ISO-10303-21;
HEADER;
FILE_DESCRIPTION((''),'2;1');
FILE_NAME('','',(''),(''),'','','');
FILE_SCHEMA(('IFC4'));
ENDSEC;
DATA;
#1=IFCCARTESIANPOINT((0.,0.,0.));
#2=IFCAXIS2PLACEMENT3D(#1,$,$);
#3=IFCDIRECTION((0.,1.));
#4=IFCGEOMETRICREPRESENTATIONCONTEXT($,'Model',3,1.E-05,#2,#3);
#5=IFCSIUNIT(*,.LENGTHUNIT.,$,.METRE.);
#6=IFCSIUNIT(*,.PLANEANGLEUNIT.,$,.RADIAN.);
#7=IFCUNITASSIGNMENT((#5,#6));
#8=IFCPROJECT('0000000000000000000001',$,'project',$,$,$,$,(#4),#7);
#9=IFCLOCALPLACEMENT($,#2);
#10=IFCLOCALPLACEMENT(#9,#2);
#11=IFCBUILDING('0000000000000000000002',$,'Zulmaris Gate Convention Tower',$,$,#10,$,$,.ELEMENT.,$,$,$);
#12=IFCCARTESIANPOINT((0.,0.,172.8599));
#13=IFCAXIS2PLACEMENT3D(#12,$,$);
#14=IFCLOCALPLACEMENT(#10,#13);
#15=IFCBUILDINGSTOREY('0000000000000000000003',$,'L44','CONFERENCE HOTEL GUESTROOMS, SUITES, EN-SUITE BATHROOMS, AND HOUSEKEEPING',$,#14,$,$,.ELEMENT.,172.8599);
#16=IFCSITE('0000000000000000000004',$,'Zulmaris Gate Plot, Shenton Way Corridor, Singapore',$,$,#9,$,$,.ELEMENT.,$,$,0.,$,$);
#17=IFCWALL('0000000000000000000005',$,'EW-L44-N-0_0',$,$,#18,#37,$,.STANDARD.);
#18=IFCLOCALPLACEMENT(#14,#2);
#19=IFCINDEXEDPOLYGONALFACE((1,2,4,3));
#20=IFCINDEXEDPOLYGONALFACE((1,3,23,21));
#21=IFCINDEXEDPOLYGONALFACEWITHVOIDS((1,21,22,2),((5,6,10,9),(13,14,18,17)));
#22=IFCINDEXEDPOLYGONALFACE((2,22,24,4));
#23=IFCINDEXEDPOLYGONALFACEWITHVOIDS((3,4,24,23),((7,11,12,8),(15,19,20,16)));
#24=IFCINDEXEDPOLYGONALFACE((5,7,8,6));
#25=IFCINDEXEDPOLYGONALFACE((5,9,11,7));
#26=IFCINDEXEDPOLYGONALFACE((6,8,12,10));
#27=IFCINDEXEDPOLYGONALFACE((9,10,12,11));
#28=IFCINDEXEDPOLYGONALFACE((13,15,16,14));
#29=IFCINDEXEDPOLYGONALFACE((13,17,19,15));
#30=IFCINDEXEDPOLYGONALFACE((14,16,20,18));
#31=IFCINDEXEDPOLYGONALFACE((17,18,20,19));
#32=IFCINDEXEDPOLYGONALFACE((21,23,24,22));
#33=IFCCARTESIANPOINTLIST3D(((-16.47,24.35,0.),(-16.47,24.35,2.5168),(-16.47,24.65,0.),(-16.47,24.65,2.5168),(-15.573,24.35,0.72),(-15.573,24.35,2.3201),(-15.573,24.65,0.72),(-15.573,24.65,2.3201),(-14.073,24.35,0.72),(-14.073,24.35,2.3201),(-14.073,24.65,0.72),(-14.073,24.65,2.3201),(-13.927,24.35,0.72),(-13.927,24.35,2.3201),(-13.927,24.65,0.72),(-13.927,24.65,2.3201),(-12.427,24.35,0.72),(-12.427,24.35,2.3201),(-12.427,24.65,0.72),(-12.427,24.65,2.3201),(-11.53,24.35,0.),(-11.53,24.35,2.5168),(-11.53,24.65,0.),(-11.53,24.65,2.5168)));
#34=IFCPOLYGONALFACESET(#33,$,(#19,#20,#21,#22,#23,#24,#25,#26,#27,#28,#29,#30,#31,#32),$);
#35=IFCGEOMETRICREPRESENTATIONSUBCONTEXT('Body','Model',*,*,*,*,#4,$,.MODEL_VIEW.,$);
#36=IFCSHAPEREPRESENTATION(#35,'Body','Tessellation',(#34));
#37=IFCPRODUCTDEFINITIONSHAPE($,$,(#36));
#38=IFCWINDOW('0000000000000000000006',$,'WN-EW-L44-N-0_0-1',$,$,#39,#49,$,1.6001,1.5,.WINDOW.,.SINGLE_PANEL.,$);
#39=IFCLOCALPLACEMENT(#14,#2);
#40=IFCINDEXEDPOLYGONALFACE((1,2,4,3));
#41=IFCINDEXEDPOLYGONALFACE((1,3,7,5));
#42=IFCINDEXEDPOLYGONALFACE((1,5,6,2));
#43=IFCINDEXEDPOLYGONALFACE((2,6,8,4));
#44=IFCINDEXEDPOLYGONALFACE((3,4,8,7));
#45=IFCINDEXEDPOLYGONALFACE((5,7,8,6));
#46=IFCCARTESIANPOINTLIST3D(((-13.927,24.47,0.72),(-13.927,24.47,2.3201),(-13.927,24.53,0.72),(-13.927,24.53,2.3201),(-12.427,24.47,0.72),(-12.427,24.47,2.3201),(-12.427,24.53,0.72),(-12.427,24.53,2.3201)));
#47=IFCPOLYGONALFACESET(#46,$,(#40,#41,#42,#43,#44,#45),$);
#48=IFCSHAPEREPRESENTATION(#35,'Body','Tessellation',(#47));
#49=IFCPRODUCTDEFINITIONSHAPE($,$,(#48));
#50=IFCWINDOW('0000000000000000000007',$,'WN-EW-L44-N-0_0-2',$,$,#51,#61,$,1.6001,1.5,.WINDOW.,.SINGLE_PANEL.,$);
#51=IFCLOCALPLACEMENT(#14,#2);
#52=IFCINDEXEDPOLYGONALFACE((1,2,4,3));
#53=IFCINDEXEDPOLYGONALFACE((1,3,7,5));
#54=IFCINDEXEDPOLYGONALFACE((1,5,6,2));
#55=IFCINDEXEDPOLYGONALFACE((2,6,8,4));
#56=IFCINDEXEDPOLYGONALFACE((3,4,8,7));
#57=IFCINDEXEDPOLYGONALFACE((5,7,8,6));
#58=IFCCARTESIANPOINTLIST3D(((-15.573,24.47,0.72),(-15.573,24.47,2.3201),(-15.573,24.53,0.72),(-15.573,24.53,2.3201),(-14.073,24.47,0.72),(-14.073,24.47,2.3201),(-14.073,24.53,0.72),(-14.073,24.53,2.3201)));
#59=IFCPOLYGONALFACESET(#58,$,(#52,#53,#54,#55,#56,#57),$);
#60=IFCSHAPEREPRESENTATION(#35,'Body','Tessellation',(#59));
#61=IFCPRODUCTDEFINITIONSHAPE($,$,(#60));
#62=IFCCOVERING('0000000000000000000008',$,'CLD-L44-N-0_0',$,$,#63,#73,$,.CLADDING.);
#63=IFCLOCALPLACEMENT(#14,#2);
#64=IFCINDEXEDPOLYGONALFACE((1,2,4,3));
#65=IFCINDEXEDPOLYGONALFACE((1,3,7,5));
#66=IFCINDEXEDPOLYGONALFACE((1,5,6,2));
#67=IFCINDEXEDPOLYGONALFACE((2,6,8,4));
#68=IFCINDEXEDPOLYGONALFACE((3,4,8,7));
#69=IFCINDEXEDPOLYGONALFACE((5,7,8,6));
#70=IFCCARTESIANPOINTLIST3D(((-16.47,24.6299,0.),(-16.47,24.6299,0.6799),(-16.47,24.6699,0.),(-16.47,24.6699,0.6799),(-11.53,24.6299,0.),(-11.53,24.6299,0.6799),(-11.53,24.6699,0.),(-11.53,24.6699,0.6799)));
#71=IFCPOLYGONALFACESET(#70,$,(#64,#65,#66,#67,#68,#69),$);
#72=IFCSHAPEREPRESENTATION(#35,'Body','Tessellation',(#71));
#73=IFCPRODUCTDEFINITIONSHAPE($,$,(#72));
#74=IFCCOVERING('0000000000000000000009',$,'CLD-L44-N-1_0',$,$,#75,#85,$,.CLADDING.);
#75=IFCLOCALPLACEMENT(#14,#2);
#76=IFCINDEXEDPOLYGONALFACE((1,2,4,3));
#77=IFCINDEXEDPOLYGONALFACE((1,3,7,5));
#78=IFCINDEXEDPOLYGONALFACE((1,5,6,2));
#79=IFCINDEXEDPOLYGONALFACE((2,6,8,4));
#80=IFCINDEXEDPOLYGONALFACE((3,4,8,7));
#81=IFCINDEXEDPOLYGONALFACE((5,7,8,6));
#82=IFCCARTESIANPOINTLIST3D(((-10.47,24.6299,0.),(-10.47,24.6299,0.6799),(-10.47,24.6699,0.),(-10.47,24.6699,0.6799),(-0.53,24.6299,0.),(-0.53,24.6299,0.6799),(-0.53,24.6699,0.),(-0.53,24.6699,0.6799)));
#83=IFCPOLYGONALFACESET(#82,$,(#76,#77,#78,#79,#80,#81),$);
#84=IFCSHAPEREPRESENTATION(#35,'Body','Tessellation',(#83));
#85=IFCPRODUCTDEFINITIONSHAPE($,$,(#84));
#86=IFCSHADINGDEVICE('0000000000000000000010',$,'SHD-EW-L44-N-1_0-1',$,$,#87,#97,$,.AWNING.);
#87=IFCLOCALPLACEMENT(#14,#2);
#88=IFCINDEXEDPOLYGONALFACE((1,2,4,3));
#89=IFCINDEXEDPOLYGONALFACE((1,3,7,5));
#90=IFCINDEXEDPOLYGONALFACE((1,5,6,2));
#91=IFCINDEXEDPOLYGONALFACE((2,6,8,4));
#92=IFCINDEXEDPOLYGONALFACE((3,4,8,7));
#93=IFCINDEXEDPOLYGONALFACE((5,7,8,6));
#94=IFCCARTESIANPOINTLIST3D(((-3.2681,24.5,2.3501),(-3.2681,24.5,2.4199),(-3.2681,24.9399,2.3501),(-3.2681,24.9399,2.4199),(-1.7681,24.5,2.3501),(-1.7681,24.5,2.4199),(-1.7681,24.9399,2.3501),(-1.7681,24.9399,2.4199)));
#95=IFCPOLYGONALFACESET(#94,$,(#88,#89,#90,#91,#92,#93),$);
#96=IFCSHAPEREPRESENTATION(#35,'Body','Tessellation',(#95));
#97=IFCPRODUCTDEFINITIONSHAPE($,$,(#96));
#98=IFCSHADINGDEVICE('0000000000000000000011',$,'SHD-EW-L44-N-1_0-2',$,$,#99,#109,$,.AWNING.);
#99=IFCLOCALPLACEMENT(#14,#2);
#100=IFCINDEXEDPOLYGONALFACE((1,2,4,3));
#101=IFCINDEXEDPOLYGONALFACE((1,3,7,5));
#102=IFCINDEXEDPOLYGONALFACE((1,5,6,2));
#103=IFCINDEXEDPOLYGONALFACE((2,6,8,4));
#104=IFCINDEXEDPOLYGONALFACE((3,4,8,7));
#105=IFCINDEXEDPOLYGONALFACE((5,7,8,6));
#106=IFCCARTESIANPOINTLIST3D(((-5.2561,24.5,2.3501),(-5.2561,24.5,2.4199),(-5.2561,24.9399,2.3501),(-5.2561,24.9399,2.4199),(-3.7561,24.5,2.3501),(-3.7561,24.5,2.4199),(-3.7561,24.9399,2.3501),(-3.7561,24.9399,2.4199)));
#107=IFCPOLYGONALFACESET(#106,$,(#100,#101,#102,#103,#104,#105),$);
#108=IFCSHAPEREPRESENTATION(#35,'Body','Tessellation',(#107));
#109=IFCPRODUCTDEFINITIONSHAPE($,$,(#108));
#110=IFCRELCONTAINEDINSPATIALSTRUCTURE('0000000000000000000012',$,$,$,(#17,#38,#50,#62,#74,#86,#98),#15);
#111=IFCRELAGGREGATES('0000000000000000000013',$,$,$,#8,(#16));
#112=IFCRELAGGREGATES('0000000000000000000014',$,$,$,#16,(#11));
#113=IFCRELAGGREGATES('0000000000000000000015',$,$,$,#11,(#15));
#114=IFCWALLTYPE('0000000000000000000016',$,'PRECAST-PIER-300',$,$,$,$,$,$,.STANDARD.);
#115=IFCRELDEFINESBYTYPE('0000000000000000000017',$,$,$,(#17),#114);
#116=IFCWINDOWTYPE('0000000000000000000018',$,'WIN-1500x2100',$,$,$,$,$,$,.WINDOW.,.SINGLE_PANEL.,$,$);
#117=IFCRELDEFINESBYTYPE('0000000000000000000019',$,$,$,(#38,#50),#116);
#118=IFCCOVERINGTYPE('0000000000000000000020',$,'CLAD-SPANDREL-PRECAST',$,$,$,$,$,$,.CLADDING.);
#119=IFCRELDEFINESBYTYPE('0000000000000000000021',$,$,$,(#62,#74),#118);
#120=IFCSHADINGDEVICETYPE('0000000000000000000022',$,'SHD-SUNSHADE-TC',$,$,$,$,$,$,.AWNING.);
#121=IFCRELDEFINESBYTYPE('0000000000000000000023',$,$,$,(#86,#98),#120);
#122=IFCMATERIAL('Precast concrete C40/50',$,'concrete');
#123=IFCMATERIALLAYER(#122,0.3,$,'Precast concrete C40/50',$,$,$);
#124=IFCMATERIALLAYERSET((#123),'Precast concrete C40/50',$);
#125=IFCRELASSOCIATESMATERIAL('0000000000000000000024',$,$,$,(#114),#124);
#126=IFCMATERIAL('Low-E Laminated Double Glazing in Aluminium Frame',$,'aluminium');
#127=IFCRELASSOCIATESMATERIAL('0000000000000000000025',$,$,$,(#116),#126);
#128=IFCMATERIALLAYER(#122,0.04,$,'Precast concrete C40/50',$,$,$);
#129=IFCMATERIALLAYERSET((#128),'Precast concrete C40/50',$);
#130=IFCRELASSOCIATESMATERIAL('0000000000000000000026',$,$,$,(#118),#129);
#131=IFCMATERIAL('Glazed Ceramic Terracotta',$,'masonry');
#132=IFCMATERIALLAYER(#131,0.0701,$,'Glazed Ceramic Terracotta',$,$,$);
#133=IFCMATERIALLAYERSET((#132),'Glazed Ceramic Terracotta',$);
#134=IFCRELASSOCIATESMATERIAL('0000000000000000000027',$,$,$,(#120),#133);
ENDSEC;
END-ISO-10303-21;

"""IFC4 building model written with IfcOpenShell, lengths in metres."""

from ifc_helpers import new_model, si_unit, direction, frame, frame_2d, origin, place, context, subcontext, project, spatial, rectangle, extrude, material, layer, layer_set, type_object, element, fill, save


model = new_model("IFC4")

# Units and contexts
model_context = context("Model", 3, precision=1e-05, world=origin(), true_north=direction((0.0, 1.0)))
body_context = subcontext(model_context, "Body", "Model", "MODEL_VIEW")
ifc_project = project(units=[si_unit("LENGTHUNIT", "METRE"), si_unit("PLANEANGLEUNIT", "RADIAN")], contexts=[model_context])

# Site, building, storey
site_placement = place(None, origin())
site = spatial("IfcSite", under=ifc_project, at=site_placement, Name="Zulmaris Gate Plot, Shenton Way Corridor, Singapore", CompositionType="ELEMENT", RefElevation=0.0)
building_placement = place(site_placement, origin())
building = spatial("IfcBuilding", under=site, at=building_placement, Name="Zulmaris Gate Convention Tower", CompositionType="ELEMENT")
storey_placement = place(building_placement, frame((0.0, 0.0, 172.8599)))
storey = spatial("IfcBuildingStorey", under=building, at=storey_placement, Name="L44", Description="CONFERENCE HOTEL GUESTROOMS, SUITES, EN-SUITE BATHROOMS, AND HOUSEKEEPING", CompositionType="ELEMENT", Elevation=172.8599)

# Wall, openings, windows
ifc_material_1 = material(Name="Precast concrete C40/50", Category="concrete")
ifc_layer_1 = layer(ifc_material_1, 0.3, Name="Precast concrete C40/50")
ifc_layer_set_1 = layer_set([ifc_layer_1], Name="Precast concrete C40/50")
wall_type_1 = type_object("IfcWallType", Name="PRECAST-PIER-300", PredefinedType="STANDARD", material=ifc_layer_set_1)
wall_1_placement = place(storey_placement, frame((-11.53, 24.5, 0.0), z_axis=(0.0, 0.0, 1.0), x_axis=(-1.0, 0.0, 0.0)))
wall_1 = element("IfcWall", 1, at=wall_1_placement, inside=storey, type_object=wall_type_1, Name="EW-L44-N-0_0", PredefinedType="STANDARD", context=body_context, shape_type="SweptSolid", body=[
    extrude(rectangle(XDim=4.9399, YDim=0.3, at=frame_2d((2.47, 0.0))), origin(), (0.0, 0.0, 1.0), 2.5168),
])
opening_1_placement = place(wall_1_placement, frame((0.897, 0.0, 0.72)))
opening_1 = element("IfcOpeningElement", 2, at=opening_1_placement, cuts=wall_1, PredefinedType="OPENING", context=body_context, shape_type="SweptSolid", body=[
    extrude(rectangle(XDim=1.5, YDim=1.6001, at=frame_2d((0.75, 0.8))), frame((0.0, 0.1602, 0.0), z_axis=(0.0, -1.0, 0.0), x_axis=(1.0, 0.0, 0.0)), (0.0, 0.0, 1.0), 0.3201),
])
opening_2_placement = place(wall_1_placement, frame((2.543, 0.0, 0.72)))
opening_2 = element("IfcOpeningElement", 3, at=opening_2_placement, cuts=wall_1, PredefinedType="OPENING", context=body_context, shape_type="SweptSolid", body=[
    extrude(rectangle(XDim=1.5, YDim=1.6001, at=frame_2d((0.75, 0.8))), frame((0.0, 0.1602, 0.0), z_axis=(0.0, -1.0, 0.0), x_axis=(1.0, 0.0, 0.0)), (0.0, 0.0, 1.0), 0.3201),
])
ifc_material_2 = material(Name="Low-E Laminated Double Glazing in Aluminium Frame", Category="aluminium")
window_type = type_object("IfcWindowType", Name="WIN-1500x2100", PartitioningType="SINGLE_PANEL", PredefinedType="WINDOW", material=ifc_material_2)
window_1_placement = place(opening_1_placement, origin())
window_1 = element("IfcWindow", 4, at=window_1_placement, inside=storey, type_object=window_type, Name="WN-EW-L44-N-0_0-1", OverallHeight=1.6001, OverallWidth=1.5, PartitioningType="SINGLE_PANEL", PredefinedType="WINDOW", context=body_context, shape_type="SweptSolid", body=[
    extrude(rectangle(XDim=1.5, YDim=1.6001, at=frame_2d((0.75, 0.8))), frame((0.0, 0.03, 0.0), z_axis=(0.0, -1.0, 0.0), x_axis=(1.0, 0.0, 0.0)), (0.0, 0.0, 1.0), 0.0601),
])
fill(opening_1, window_1)
window_2_placement = place(opening_2_placement, origin())
window_2 = element("IfcWindow", 5, at=window_2_placement, inside=storey, type_object=window_type, Name="WN-EW-L44-N-0_0-2", OverallHeight=1.6001, OverallWidth=1.5, PartitioningType="SINGLE_PANEL", PredefinedType="WINDOW", context=body_context, shape_type="SweptSolid", body=[
    extrude(rectangle(XDim=1.5, YDim=1.6001, at=frame_2d((0.75, 0.8))), frame((0.0, 0.03, 0.0), z_axis=(0.0, -1.0, 0.0), x_axis=(1.0, 0.0, 0.0)), (0.0, 0.0, 1.0), 0.0601),
])
fill(opening_2, window_2)

# Coverings
ifc_layer_2 = layer(ifc_material_1, 0.04, Name="Precast concrete C40/50")
ifc_layer_set_2 = layer_set([ifc_layer_2], Name="Precast concrete C40/50")
covering_type = type_object("IfcCoveringType", Name="CLAD-SPANDREL-PRECAST", PredefinedType="CLADDING", material=ifc_layer_set_2)
covering_1_placement = place(storey_placement, frame((-11.53, 24.6499, 0.0), z_axis=(0.0, 0.0, 1.0), x_axis=(-1.0, 0.0, 0.0)))
element("IfcCovering", 6, at=covering_1_placement, inside=storey, type_object=covering_type, Name="CLD-L44-N-0_0", PredefinedType="CLADDING", context=body_context, shape_type="SweptSolid", body=[
    extrude(rectangle(XDim=4.9399, YDim=0.04, at=frame_2d((2.47, 0.0))), origin(), (0.0, 0.0, 1.0), 0.6799),
])
covering_2_placement = place(storey_placement, frame((-0.53, 24.6499, 0.0), z_axis=(0.0, 0.0, 1.0), x_axis=(-1.0, 0.0, 0.0)))
element("IfcCovering", 7, at=covering_2_placement, inside=storey, type_object=covering_type, Name="CLD-L44-N-1_0", PredefinedType="CLADDING", context=body_context, shape_type="SweptSolid", body=[
    extrude(rectangle(XDim=9.9399, YDim=0.04, at=frame_2d((4.97, 0.0))), origin(), (0.0, 0.0, 1.0), 0.6799),
])

# Shading devices
ifc_material_3 = material(Name="Glazed Ceramic Terracotta", Category="masonry")
ifc_layer_3 = layer(ifc_material_3, 0.0701, Name="Glazed Ceramic Terracotta")
ifc_layer_set_3 = layer_set([ifc_layer_3], Name="Glazed Ceramic Terracotta")
shading_device_type = type_object("IfcShadingDeviceType", Name="SHD-SUNSHADE-TC", PredefinedType="AWNING", material=ifc_layer_set_3)
for number, where, z_axis, x_axis, name in (
    (8, (-1.7681, 24.72, 2.3501), (0.0, 0.0, 1.0), (-1.0, 0.0, 0.0), "SHD-EW-L44-N-1_0-1"),
    (9, (-3.7561, 24.72, 2.3501), (0.0, 0.0, 1.0), (-1.0, 0.0, 0.0), "SHD-EW-L44-N-1_0-2"),
):
    element("IfcShadingDevice", number, at=place(storey_placement, frame(where, z_axis=z_axis, x_axis=x_axis)), inside=storey, type_object=shading_device_type, Name=name, PredefinedType="AWNING", context=body_context, shape_type="SweptSolid", body=[
        extrude(rectangle(XDim=1.5, YDim=0.4399, at=frame_2d((0.75, 0.0))), origin(), (0.0, 0.0, 1.0), 0.0698),
    ])

save(model, "model.ifc")
